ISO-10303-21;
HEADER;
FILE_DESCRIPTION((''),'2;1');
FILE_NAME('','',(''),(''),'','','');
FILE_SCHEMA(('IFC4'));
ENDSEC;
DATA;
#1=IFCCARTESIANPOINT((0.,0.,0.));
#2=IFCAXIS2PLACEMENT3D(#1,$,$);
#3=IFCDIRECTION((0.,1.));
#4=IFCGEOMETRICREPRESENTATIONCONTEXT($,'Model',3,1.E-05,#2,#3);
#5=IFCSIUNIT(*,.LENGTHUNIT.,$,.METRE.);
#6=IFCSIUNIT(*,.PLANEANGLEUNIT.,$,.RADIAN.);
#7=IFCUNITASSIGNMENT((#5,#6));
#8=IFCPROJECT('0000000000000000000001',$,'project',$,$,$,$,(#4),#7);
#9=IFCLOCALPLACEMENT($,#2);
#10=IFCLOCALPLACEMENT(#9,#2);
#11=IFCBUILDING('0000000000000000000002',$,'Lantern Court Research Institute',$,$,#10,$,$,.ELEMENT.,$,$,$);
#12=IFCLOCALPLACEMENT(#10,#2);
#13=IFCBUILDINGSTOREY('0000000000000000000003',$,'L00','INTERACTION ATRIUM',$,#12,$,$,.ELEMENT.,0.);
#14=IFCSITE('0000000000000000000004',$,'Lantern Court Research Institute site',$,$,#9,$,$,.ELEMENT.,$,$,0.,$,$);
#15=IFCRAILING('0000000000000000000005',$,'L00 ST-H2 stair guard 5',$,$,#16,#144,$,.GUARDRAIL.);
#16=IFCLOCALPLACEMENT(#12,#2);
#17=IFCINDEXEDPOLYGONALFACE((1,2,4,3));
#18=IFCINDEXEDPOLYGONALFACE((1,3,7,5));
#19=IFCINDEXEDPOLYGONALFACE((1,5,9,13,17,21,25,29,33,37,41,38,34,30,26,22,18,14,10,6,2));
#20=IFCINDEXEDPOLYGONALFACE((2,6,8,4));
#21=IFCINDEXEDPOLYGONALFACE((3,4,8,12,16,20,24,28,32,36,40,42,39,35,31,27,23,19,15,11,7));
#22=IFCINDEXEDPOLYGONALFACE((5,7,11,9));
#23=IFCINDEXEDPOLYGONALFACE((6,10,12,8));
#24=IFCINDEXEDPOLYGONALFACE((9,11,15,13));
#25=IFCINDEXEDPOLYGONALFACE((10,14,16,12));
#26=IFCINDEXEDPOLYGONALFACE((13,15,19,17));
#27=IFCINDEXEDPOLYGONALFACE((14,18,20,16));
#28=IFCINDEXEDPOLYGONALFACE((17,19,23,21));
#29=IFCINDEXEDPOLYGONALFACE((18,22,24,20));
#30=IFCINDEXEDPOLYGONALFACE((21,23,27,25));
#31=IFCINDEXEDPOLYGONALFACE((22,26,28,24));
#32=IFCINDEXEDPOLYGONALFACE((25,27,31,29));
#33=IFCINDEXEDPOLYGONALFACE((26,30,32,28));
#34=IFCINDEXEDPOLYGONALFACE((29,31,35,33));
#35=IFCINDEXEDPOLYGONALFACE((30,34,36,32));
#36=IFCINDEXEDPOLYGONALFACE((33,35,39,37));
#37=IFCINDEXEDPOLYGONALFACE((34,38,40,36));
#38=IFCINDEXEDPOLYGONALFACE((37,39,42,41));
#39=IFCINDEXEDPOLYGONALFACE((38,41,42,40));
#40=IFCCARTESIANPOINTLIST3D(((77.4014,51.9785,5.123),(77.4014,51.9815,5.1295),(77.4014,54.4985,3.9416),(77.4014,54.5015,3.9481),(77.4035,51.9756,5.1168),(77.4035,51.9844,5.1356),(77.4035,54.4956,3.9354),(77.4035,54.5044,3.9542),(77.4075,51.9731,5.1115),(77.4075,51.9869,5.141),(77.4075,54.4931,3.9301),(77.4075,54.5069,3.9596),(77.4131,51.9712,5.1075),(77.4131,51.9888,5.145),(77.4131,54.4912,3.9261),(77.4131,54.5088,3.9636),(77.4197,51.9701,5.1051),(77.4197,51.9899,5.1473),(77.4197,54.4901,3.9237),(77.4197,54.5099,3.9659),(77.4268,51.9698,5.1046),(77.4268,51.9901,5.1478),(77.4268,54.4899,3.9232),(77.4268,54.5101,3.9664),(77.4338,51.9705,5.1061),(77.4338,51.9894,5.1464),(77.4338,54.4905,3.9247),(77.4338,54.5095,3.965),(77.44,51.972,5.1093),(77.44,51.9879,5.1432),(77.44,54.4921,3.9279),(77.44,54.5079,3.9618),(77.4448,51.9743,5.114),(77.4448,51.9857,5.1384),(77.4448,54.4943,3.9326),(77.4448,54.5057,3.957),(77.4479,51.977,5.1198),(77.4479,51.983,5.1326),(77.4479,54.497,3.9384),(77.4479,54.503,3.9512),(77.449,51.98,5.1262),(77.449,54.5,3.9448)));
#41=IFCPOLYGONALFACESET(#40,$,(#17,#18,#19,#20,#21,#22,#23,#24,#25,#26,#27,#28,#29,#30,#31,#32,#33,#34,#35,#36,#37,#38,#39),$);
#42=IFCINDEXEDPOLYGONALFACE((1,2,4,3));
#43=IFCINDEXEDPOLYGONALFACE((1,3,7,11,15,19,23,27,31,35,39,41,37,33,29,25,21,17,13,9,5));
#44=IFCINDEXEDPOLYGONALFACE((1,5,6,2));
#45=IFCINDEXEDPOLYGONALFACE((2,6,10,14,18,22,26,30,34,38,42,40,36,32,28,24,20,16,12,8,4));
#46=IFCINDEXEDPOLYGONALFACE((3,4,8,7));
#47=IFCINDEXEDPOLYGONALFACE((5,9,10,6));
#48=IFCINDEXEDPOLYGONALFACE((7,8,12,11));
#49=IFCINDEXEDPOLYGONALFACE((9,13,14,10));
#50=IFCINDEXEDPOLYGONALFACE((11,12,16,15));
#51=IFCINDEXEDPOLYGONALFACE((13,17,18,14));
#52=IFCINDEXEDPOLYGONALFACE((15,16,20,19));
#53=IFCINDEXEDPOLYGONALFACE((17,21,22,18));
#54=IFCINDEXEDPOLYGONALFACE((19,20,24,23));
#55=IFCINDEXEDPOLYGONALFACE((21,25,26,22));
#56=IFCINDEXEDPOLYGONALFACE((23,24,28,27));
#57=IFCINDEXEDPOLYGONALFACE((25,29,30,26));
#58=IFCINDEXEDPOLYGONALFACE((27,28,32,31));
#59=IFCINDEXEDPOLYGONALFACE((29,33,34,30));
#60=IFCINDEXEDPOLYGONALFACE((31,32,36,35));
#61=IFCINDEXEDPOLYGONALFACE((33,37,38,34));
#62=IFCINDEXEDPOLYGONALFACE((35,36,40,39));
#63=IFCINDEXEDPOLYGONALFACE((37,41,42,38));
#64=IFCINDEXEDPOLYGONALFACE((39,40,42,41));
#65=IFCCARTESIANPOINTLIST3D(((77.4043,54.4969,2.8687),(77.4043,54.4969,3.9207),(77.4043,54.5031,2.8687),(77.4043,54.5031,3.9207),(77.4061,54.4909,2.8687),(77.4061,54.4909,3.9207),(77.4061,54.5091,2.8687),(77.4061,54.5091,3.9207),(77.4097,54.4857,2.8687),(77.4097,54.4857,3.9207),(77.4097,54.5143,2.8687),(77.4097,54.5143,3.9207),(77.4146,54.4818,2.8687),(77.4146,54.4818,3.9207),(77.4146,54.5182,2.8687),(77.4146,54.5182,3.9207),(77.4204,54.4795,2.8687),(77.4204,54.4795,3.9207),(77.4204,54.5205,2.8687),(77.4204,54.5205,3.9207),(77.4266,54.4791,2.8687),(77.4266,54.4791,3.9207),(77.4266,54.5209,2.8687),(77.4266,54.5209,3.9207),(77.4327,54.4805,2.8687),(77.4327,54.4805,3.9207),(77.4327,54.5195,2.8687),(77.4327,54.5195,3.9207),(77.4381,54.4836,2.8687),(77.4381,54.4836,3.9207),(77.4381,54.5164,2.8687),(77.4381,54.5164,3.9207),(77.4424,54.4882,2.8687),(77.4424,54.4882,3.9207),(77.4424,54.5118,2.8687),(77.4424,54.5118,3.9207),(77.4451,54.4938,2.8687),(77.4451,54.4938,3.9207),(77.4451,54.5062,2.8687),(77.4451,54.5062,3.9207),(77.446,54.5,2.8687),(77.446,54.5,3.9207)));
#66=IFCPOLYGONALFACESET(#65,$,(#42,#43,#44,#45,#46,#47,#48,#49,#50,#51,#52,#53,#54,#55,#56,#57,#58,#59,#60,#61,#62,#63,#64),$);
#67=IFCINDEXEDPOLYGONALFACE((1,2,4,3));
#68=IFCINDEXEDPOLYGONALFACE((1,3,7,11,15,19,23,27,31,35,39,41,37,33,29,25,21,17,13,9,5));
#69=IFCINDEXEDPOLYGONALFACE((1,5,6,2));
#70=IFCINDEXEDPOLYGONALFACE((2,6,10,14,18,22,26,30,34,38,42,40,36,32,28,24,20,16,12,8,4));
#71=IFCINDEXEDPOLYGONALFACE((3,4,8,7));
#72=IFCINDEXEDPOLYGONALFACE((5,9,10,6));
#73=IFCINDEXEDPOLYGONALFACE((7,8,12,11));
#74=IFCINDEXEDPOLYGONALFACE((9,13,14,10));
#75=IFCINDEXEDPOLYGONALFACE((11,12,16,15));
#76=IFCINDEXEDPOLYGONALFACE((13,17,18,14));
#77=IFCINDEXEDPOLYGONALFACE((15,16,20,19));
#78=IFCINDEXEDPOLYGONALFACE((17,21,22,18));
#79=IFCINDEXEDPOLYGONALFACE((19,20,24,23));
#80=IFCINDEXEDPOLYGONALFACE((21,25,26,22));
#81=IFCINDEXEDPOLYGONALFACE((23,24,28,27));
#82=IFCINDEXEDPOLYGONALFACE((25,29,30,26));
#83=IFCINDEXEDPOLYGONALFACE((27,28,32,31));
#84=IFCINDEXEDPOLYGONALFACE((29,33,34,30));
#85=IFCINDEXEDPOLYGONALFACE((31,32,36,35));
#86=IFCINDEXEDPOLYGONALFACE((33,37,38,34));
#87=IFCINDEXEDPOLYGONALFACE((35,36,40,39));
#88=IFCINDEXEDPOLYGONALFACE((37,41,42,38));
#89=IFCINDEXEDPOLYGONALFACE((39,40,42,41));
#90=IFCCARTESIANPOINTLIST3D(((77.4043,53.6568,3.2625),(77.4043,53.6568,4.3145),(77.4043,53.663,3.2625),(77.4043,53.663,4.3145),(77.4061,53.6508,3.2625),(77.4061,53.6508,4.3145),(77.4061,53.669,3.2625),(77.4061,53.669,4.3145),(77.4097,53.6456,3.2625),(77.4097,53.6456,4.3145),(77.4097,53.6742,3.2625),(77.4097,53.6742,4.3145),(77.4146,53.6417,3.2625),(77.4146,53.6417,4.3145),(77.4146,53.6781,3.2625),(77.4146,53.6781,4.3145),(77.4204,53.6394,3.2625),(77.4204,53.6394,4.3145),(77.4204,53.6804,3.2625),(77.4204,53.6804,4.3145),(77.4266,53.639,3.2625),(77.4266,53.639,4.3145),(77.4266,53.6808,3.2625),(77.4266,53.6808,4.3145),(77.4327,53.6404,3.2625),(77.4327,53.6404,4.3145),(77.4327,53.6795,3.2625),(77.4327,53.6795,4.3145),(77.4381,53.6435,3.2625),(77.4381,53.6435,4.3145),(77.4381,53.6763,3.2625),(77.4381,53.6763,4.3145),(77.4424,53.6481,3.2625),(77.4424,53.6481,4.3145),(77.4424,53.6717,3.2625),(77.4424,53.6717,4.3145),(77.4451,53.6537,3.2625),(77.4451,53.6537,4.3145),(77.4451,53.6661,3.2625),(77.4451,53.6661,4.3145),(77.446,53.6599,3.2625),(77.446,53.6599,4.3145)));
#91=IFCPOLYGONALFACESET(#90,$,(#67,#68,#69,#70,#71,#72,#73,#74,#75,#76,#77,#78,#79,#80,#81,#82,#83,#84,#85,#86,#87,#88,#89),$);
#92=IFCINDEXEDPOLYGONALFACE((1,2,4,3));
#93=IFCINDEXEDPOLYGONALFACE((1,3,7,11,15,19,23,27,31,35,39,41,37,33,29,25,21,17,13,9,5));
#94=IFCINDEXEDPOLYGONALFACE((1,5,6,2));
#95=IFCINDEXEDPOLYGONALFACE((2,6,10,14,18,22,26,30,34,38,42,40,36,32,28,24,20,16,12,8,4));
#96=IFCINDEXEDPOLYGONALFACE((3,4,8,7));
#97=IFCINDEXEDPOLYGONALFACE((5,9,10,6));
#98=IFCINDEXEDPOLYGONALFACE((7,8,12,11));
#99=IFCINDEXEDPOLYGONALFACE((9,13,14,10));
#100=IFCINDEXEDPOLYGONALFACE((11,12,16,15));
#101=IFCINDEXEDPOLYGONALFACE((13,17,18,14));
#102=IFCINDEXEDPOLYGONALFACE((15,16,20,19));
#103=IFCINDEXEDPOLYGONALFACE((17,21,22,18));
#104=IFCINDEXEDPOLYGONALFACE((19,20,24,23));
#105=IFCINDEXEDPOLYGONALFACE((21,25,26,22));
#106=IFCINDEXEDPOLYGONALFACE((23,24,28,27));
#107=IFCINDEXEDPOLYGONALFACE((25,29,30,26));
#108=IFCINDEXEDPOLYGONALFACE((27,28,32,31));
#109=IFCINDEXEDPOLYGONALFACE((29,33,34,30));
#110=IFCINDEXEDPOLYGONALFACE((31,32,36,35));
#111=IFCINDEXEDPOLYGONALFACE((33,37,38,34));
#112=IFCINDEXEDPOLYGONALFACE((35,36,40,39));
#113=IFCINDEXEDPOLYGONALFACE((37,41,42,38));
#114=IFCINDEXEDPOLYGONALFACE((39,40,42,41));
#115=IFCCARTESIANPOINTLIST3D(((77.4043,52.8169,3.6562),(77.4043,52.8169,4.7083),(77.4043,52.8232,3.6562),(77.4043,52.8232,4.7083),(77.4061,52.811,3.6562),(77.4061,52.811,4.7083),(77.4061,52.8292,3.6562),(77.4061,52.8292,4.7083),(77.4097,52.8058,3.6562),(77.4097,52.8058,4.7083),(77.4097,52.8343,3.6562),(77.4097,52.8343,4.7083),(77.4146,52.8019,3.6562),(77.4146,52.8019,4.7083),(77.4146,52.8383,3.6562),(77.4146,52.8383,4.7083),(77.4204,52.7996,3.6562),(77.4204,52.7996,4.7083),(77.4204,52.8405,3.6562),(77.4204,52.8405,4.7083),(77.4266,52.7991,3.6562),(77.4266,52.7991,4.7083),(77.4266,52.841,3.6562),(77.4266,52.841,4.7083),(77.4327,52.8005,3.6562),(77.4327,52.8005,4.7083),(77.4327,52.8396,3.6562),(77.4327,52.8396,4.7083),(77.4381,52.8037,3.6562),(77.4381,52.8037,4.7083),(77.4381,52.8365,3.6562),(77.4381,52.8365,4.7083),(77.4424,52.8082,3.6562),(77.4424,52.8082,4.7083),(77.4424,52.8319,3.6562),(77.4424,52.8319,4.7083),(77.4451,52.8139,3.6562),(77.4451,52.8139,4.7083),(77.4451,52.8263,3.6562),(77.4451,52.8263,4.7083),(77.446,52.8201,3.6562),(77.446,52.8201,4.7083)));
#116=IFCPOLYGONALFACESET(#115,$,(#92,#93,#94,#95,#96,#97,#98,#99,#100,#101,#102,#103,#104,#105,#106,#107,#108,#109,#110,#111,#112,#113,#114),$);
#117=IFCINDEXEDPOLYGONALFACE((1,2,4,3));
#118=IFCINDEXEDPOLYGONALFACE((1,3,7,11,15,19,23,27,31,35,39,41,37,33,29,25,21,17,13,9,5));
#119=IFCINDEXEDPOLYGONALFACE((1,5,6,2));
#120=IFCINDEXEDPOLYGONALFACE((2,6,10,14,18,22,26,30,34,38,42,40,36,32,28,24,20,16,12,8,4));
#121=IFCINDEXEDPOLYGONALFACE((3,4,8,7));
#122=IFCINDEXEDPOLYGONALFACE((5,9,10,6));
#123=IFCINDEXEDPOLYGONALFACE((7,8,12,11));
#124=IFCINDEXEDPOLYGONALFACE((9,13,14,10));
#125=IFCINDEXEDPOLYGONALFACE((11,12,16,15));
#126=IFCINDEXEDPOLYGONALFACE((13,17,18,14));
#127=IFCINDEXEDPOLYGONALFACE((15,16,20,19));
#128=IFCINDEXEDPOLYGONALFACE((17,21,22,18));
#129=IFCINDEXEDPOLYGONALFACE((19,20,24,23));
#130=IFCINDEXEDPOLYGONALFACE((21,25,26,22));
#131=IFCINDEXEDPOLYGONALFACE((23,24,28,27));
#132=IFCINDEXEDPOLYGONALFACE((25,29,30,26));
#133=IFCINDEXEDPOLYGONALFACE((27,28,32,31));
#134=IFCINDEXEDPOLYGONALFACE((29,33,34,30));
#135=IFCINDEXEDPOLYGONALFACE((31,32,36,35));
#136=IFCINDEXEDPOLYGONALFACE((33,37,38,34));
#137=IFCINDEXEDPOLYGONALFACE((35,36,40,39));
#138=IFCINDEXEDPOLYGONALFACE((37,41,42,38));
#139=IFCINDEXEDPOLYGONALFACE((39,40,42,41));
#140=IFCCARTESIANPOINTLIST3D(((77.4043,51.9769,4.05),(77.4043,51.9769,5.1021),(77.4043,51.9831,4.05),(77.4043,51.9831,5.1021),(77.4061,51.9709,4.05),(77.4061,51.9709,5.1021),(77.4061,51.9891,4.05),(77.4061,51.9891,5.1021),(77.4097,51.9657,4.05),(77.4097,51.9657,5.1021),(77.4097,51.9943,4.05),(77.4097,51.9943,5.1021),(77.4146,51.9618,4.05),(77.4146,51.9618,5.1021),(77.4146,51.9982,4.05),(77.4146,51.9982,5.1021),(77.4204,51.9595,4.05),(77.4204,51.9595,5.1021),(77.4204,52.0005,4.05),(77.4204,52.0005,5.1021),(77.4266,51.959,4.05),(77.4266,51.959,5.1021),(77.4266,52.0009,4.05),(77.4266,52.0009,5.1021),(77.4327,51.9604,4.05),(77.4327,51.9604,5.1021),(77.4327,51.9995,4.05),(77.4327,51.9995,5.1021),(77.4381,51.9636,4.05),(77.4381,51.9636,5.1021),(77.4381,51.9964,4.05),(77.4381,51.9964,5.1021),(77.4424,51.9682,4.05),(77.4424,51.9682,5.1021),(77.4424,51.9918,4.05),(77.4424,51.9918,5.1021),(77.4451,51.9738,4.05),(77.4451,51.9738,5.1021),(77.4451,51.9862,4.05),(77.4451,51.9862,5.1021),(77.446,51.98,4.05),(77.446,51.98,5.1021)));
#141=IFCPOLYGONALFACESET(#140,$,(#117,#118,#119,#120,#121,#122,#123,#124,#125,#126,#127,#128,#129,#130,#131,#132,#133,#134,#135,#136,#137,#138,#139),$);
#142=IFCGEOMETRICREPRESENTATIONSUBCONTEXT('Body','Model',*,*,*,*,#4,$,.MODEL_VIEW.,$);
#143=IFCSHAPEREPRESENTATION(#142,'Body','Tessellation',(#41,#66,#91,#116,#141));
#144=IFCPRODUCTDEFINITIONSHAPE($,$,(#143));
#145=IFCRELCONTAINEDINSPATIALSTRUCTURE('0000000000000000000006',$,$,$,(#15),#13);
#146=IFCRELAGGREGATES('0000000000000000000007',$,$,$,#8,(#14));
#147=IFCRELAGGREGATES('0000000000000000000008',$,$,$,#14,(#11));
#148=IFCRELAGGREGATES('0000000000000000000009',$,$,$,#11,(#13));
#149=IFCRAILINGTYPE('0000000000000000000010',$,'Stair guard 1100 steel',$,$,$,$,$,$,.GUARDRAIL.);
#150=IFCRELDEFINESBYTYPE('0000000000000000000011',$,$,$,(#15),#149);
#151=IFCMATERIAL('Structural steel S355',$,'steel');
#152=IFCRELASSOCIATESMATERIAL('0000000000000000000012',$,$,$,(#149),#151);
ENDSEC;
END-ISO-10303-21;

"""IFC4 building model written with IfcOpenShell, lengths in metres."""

from ifc_helpers import new_model, si_unit, direction, frame, origin, origin_2d, place, context, subcontext, project, spatial, circle, extrude, material, type_object, element, save


model = new_model("IFC4")

# Units and contexts
model_context = context("Model", 3, precision=1e-05, world=origin(), true_north=direction((0.0, 1.0)))
body_context = subcontext(model_context, "Body", "Model", "MODEL_VIEW")
ifc_project = project(units=[si_unit("LENGTHUNIT", "METRE"), si_unit("PLANEANGLEUNIT", "RADIAN")], contexts=[model_context])

# Site, building, storey
site_placement = place(None, origin())
site = spatial("IfcSite", under=ifc_project, at=site_placement, Name="Lantern Court Research Institute site", CompositionType="ELEMENT", RefElevation=0.0)
building_placement = place(site_placement, origin())
building = spatial("IfcBuilding", under=site, at=building_placement, Name="Lantern Court Research Institute", CompositionType="ELEMENT")
storey_placement = place(building_placement, origin())
storey = spatial("IfcBuildingStorey", under=building, at=storey_placement, Name="L00", Description="INTERACTION ATRIUM", CompositionType="ELEMENT", Elevation=0.0)

# Railing
ifc_material_1 = material(Name="Structural steel S355", Category="steel")
railing_type_1 = type_object("IfcRailingType", Name="Stair guard 1100 steel", PredefinedType="GUARDRAIL", material=ifc_material_1)
railing_1_placement = place(storey_placement, frame((77.425, 54.5, 2.8687)))
element("IfcRailing", 1, at=railing_1_placement, inside=storey, type_object=railing_type_1, Name="L00 ST-H2 stair guard 5", PredefinedType="GUARDRAIL", context=body_context, shape_type="SweptSolid", body=[
    extrude(circle(Radius=0.0239, at=origin_2d()), frame((0.0, 0.0, 1.0762), z_axis=(0.0, -0.90544, 0.424474), x_axis=(1.0, 0.0, 0.0)), (0.0, 0.0, 1.0), 2.7832),
    extrude(circle(Radius=0.021, at=origin_2d()), origin(), (0.0, 0.0, 1.0), 1.052),
    extrude(circle(Radius=0.021, at=origin_2d()), frame((0.0, -0.8401, 0.3938)), (0.0, 0.0, 1.0), 1.052),
    extrude(circle(Radius=0.021, at=origin_2d()), frame((0.0, -1.6799, 0.7876)), (0.0, 0.0, 1.0), 1.052),
    extrude(circle(Radius=0.021, at=origin_2d()), frame((0.0, -2.52, 1.1814)), (0.0, 0.0, 1.0), 1.052),
])

save(model, "model.ifc")
